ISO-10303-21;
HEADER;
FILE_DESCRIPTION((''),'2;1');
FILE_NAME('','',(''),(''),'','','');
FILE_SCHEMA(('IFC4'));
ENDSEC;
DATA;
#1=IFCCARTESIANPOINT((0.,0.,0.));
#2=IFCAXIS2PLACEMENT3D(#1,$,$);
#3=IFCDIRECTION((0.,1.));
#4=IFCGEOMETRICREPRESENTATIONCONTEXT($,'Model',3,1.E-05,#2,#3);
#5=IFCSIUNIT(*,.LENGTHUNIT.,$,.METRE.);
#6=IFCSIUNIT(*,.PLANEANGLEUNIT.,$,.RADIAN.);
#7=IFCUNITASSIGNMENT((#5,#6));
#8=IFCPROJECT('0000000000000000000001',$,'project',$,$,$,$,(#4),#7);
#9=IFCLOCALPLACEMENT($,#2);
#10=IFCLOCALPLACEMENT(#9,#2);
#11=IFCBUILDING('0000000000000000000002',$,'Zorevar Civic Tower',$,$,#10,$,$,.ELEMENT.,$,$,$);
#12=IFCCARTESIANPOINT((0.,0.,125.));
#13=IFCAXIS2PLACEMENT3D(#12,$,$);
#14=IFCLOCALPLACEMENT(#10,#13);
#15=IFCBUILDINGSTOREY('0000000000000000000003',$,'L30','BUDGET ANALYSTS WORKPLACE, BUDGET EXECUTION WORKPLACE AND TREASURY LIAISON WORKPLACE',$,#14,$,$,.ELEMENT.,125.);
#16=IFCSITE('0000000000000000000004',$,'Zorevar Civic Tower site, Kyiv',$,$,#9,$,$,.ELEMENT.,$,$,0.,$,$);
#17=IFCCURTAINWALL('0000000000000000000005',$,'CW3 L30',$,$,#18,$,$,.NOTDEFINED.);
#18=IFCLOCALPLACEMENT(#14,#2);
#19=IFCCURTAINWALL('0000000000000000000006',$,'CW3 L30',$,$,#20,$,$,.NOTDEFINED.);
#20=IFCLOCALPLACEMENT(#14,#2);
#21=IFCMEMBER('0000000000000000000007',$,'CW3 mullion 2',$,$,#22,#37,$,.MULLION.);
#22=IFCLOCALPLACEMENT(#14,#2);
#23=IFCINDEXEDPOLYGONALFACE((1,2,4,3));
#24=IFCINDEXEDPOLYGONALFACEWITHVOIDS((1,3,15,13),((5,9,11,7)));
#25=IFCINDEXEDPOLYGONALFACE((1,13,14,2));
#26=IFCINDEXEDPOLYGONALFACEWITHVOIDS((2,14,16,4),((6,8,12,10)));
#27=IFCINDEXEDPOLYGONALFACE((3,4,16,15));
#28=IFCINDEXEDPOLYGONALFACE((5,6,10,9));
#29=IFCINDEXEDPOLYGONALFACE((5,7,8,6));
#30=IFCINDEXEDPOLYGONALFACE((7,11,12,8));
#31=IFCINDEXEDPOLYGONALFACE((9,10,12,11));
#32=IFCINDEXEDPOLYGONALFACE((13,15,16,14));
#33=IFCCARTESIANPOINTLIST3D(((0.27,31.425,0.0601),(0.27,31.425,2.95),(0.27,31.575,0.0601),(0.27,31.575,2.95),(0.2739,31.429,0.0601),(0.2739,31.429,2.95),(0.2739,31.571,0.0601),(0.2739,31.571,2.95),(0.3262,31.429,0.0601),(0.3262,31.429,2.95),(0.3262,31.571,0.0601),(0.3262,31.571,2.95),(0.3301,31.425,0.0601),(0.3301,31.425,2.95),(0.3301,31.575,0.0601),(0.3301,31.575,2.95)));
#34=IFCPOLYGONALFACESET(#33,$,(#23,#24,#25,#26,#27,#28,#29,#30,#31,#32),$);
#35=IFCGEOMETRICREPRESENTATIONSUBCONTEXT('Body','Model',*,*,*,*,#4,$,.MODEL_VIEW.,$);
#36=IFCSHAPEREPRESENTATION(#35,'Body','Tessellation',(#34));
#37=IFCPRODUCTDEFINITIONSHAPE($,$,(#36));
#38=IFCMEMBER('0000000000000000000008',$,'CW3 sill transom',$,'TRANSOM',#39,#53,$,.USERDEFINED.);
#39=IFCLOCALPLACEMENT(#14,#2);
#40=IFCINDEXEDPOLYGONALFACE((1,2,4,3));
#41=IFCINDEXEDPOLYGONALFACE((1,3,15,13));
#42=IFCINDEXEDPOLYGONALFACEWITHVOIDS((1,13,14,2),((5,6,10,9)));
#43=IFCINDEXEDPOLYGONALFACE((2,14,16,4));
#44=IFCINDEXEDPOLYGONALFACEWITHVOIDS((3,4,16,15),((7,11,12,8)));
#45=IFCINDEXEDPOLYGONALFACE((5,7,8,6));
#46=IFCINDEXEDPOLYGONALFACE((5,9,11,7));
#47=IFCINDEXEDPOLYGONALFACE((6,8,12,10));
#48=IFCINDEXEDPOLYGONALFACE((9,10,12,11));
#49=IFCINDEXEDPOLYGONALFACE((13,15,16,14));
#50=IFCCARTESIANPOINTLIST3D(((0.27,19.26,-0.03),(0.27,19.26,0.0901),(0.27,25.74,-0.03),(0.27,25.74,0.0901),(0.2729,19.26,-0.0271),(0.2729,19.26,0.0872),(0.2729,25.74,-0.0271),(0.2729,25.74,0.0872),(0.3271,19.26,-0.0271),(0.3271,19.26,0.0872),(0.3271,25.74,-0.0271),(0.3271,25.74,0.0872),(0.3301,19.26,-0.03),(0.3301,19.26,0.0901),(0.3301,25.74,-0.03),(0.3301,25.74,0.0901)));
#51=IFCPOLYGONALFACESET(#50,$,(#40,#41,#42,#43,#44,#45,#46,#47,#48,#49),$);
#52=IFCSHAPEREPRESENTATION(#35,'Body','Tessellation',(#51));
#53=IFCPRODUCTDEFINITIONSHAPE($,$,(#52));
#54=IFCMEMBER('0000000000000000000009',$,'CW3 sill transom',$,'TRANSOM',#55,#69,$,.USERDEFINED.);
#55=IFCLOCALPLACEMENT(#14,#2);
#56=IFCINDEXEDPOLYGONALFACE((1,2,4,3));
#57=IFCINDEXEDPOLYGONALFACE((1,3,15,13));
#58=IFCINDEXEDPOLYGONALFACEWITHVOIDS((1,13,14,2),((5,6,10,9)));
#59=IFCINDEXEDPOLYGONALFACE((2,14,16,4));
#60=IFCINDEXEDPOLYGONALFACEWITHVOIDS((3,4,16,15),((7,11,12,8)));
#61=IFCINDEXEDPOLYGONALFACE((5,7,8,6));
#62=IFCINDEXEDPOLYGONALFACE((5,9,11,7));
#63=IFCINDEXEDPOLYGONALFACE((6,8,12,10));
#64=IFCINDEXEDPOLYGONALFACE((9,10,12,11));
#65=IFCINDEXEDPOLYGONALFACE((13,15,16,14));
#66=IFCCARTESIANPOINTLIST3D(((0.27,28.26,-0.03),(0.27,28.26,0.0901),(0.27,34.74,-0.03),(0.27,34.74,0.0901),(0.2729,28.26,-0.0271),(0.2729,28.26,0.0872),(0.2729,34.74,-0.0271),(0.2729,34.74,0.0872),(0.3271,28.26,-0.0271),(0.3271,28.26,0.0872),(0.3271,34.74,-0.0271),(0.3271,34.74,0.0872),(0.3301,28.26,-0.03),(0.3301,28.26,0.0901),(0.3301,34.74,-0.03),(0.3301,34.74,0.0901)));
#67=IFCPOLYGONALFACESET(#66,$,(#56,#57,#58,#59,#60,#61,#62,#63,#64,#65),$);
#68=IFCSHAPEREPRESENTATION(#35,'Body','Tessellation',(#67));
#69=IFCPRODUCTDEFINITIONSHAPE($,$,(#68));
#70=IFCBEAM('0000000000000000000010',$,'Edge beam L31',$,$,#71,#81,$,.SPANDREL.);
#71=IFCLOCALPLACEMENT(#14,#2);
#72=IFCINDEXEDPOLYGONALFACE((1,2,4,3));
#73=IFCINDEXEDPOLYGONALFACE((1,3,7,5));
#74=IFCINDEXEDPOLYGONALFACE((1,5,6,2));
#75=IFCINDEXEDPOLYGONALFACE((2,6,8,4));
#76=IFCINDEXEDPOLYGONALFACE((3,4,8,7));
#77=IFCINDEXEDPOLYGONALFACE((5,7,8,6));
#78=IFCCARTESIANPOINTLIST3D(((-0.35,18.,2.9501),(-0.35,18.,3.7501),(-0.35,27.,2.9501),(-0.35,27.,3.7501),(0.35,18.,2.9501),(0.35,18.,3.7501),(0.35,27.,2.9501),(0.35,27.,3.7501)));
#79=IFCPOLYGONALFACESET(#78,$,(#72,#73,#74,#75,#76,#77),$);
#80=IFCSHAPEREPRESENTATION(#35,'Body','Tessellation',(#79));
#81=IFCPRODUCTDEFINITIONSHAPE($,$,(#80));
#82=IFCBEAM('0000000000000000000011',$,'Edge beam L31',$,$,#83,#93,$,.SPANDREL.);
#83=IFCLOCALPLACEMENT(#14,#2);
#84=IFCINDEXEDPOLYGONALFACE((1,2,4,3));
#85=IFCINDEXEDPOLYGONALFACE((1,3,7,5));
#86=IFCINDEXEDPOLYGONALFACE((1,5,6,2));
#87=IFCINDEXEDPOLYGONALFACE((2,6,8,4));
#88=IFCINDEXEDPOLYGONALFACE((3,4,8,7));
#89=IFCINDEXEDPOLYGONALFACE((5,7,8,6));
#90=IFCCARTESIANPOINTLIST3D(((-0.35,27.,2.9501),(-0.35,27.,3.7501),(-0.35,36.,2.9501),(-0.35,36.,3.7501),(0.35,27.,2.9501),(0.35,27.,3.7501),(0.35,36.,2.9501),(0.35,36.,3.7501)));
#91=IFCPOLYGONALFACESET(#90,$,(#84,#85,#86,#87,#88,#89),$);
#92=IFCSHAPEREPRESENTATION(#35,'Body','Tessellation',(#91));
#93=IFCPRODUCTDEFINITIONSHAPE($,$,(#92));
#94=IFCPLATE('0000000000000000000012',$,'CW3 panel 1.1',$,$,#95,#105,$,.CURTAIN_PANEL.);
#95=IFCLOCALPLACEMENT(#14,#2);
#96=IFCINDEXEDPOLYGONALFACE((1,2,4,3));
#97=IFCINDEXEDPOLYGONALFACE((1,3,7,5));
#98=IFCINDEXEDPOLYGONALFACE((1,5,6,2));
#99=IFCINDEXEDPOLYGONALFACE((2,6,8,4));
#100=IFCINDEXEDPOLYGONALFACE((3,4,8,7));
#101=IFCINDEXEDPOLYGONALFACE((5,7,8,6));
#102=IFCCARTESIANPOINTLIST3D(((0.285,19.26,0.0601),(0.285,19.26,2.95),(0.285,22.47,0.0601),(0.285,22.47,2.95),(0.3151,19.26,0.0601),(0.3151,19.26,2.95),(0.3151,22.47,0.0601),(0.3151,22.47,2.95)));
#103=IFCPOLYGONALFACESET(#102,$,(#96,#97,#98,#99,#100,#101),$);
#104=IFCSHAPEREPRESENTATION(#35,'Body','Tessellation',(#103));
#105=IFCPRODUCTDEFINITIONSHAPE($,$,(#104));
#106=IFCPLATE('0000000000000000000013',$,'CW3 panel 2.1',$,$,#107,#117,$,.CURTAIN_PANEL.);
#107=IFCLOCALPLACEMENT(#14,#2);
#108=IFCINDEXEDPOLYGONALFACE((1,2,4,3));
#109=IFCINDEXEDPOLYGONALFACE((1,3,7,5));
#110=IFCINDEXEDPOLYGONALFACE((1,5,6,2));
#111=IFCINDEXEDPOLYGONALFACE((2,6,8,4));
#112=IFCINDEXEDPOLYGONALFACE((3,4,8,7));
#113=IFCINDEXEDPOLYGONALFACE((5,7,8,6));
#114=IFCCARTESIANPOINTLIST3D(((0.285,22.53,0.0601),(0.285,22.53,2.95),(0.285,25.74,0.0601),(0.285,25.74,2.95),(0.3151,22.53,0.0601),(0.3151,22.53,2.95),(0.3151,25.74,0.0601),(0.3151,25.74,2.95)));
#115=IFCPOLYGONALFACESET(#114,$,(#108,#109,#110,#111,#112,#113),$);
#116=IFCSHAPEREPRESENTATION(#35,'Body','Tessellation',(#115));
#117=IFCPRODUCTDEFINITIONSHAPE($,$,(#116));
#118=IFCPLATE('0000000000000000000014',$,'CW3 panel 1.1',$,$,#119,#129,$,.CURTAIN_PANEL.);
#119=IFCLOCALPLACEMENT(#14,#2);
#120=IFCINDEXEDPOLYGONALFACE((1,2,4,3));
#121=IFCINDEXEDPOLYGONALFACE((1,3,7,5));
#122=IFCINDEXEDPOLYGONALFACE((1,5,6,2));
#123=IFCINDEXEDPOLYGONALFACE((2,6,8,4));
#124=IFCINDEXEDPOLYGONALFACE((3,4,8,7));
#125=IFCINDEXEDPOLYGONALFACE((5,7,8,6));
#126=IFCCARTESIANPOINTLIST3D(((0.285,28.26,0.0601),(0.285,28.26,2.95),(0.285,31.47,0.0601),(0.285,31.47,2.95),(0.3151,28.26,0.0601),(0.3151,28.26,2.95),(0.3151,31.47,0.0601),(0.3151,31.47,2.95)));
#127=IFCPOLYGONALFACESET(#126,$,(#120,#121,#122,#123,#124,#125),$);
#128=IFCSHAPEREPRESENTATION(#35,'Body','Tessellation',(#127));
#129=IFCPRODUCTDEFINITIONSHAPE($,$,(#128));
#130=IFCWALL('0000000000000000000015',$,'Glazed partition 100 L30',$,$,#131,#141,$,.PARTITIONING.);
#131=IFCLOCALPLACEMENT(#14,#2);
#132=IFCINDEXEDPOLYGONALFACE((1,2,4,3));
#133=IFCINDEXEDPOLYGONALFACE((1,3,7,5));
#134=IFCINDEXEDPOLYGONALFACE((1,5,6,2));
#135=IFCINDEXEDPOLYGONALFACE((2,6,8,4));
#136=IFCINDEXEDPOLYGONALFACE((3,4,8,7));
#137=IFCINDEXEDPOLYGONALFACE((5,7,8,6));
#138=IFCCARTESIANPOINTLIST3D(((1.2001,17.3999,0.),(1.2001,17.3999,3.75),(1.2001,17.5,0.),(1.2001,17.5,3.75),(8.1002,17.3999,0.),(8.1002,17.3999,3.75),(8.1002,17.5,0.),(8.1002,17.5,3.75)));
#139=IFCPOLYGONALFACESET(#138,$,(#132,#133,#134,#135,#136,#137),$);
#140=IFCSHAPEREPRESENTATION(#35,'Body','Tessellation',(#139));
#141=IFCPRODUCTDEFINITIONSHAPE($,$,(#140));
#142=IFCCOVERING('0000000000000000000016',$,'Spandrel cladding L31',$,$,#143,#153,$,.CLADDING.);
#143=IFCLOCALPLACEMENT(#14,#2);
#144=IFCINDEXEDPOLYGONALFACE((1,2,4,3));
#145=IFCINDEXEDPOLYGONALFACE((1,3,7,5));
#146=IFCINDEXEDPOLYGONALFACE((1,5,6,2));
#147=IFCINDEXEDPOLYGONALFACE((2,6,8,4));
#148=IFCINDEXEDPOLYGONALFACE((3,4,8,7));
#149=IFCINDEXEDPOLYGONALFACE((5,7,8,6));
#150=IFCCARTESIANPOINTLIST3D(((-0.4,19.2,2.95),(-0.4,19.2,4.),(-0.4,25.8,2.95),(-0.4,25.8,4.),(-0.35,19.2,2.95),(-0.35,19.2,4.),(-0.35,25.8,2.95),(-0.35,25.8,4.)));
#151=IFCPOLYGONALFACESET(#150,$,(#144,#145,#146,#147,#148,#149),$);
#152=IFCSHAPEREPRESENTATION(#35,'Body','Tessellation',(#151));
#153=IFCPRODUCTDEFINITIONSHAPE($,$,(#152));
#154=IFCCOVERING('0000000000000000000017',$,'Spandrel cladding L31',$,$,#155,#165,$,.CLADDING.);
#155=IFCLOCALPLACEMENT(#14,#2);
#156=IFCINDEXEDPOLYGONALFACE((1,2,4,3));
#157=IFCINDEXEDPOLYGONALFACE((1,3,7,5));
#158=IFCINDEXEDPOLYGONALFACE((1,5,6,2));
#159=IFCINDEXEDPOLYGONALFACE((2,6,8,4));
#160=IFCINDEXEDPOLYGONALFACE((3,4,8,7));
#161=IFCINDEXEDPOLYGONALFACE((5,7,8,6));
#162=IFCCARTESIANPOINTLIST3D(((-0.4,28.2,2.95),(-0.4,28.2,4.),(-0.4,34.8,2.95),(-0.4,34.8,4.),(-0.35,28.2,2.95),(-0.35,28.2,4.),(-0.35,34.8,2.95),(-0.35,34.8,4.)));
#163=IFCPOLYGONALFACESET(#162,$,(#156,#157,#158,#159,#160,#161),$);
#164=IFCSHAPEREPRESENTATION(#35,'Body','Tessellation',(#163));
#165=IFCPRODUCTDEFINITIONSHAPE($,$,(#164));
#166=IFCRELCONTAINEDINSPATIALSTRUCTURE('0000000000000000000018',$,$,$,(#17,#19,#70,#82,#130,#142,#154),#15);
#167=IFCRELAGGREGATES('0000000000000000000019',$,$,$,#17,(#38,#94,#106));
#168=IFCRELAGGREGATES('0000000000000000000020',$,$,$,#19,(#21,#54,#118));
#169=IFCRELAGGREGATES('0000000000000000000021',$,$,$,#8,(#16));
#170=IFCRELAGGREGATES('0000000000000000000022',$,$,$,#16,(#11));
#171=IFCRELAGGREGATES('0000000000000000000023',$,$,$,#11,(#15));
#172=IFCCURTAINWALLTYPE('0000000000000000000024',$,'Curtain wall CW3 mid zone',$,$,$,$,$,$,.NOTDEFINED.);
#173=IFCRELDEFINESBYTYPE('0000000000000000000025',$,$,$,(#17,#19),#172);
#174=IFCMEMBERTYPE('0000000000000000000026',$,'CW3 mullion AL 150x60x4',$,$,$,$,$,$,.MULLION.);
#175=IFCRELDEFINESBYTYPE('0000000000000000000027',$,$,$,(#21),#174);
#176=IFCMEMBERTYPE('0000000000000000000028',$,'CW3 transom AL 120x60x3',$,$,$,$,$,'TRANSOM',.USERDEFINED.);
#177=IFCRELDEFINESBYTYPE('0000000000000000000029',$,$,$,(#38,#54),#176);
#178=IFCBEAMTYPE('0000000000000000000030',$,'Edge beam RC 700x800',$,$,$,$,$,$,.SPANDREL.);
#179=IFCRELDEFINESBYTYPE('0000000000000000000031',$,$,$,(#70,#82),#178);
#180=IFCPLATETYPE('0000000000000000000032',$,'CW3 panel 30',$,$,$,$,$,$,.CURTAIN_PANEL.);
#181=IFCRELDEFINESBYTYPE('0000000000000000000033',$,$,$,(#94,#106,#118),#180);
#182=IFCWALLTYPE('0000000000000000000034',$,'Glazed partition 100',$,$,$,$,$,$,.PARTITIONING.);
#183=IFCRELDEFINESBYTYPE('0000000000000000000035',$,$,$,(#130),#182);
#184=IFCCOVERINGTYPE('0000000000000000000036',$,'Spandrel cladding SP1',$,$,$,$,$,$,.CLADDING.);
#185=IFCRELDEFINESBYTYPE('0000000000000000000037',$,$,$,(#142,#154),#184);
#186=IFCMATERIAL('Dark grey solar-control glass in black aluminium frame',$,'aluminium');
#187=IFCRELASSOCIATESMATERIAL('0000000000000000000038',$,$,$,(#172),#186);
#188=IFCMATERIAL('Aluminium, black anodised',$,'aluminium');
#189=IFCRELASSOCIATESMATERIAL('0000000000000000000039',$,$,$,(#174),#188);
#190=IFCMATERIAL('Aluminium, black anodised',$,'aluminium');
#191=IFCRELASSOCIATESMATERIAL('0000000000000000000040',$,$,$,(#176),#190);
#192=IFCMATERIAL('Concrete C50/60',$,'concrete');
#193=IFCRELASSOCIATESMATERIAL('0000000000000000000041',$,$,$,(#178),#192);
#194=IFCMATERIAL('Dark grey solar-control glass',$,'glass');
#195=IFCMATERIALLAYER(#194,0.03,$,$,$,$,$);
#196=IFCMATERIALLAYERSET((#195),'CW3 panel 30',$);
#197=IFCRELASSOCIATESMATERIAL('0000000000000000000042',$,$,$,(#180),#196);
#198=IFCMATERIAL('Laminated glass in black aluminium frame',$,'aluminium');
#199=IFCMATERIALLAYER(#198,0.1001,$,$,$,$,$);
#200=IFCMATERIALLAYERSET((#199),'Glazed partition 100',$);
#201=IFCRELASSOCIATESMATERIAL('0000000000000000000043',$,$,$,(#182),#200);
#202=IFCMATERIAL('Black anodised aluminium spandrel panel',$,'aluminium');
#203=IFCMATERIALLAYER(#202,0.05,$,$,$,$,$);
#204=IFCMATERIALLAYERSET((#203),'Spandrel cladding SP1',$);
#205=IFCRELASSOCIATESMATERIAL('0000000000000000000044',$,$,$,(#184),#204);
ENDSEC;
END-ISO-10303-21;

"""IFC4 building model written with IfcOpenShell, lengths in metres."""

from ifc_helpers import new_model, si_unit, direction, frame, frame_2d, origin, origin_2d, place, context, subcontext, project, spatial, rectangle, hollow_rectangle, extrude, material, layer, layer_set, material_profile, profile_set, type_object, element, aggregate, save


model = new_model("IFC4")

# Units and contexts
model_context = context("Model", 3, precision=1e-05, world=origin(), true_north=direction((0.0, 1.0)))
body_context = subcontext(model_context, "Body", "Model", "MODEL_VIEW")
ifc_project = project(units=[si_unit("LENGTHUNIT", "METRE"), si_unit("PLANEANGLEUNIT", "RADIAN")], contexts=[model_context])

# Site, building, storey
site_placement = place(None, origin())
site = spatial("IfcSite", under=ifc_project, at=site_placement, Name="Zorevar Civic Tower site, Kyiv", CompositionType="ELEMENT", RefElevation=0.0)
building_placement = place(site_placement, origin())
building = spatial("IfcBuilding", under=site, at=building_placement, Name="Zorevar Civic Tower", CompositionType="ELEMENT")
storey_placement = place(building_placement, frame((0.0, 0.0, 125.0)))
storey = spatial("IfcBuildingStorey", under=building, at=storey_placement, Name="L30", Description="BUDGET ANALYSTS WORKPLACE, BUDGET EXECUTION WORKPLACE AND TREASURY LIAISON WORKPLACE", CompositionType="ELEMENT", Elevation=125.0)

# Curtain walls, member
ifc_material_1 = material(Name="Dark grey solar-control glass in black aluminium frame", Category="aluminium")
curtain_wall_type = type_object("IfcCurtainWallType", Name="Curtain wall CW3 mid zone", PredefinedType="NOTDEFINED", material=ifc_material_1)
curtain_wall_1_placement = place(storey_placement, origin())
curtain_wall_1 = element("IfcCurtainWall", 1, at=curtain_wall_1_placement, inside=storey, type_object=curtain_wall_type, Name="CW3 L30", PredefinedType="NOTDEFINED")
ifc_material_2 = material(Name="Aluminium, black anodised", Category="aluminium")
ifc_material_profile_1 = material_profile(ifc_material_2, hollow_rectangle(XDim=0.0601, YDim=0.1499, WallThickness=0.0039, at=origin_2d()), Name="AL 150x60x4")
ifc_profile_set_1 = profile_set([ifc_material_profile_1], Name="Aluminium, black anodised")
member_type_1 = type_object("IfcMemberType", Name="CW3 mullion AL 150x60x4", PredefinedType="MULLION", material=ifc_profile_set_1)
curtain_wall_2_placement = place(storey_placement, origin())
curtain_wall_2 = element("IfcCurtainWall", 2, at=curtain_wall_2_placement, inside=storey, type_object=curtain_wall_type, Name="CW3 L30", PredefinedType="NOTDEFINED")
member_1_placement = place(storey_placement, frame((0.3, 31.5, 0.0601), z_axis=(0.0, 0.0, 1.0), x_axis=(-1.0, 0.0, 0.0)))
member_1 = element("IfcMember", 3, at=member_1_placement, type_object=member_type_1, Name="CW3 mullion 2", PredefinedType="MULLION", context=body_context, shape_type="SweptSolid", body=[
    extrude(hollow_rectangle(XDim=0.0601, YDim=0.1499, WallThickness=0.0039, at=origin_2d()), origin(), (0.0, 0.0, 1.0), 2.8899),
])

# Members
ifc_material_3 = material(Name="Aluminium, black anodised", Category="aluminium")
ifc_material_profile_2 = material_profile(ifc_material_3, hollow_rectangle(XDim=0.0601, YDim=0.1201, WallThickness=0.0029, at=origin_2d()), Name="AL 120x60x3")
ifc_profile_set_2 = profile_set([ifc_material_profile_2], Name="Aluminium, black anodised")
member_type_2 = type_object("IfcMemberType", Name="CW3 transom AL 120x60x3", ElementType="TRANSOM", PredefinedType="USERDEFINED", material=ifc_profile_set_2)
member_2_placement = place(storey_placement, frame((0.3, 19.26, 0.03), z_axis=(0.0, 1.0, 0.0), x_axis=(-1.0, 0.0, 0.0)))
member_2 = element("IfcMember", 4, at=member_2_placement, type_object=member_type_2, Name="CW3 sill transom", ObjectType="TRANSOM", PredefinedType="USERDEFINED", context=body_context, shape_type="SweptSolid", body=[
    extrude(hollow_rectangle(XDim=0.0601, YDim=0.1201, WallThickness=0.0029, at=origin_2d()), origin(), (0.0, 0.0, 1.0), 6.48),
])
member_3_placement = place(storey_placement, frame((0.3, 28.26, 0.03), z_axis=(0.0, 1.0, 0.0), x_axis=(-1.0, 0.0, 0.0)))
member_3 = element("IfcMember", 5, at=member_3_placement, type_object=member_type_2, Name="CW3 sill transom", ObjectType="TRANSOM", PredefinedType="USERDEFINED", context=body_context, shape_type="SweptSolid", body=[
    extrude(hollow_rectangle(XDim=0.0601, YDim=0.1201, WallThickness=0.0029, at=origin_2d()), origin(), (0.0, 0.0, 1.0), 6.48),
])

# Beams
ifc_material_4 = material(Name="Concrete C50/60", Category="concrete")
ifc_material_profile_3 = material_profile(ifc_material_4, rectangle(XDim=0.7, YDim=0.8, at=origin_2d()), Name="RC 700x800")
ifc_profile_set_3 = profile_set([ifc_material_profile_3], Name="Concrete C50/60")
beam_type_1 = type_object("IfcBeamType", Name="Edge beam RC 700x800", PredefinedType="SPANDREL", material=ifc_profile_set_3)
for number, where, z_axis, x_axis, name in (
    (6, (0.0, 18.0, 3.3501), (0.0, 1.0, 0.0), (-1.0, 0.0, 0.0), "Edge beam L31"),
    (7, (0.0, 27.0, 3.3501), (0.0, 1.0, 0.0), (-1.0, 0.0, 0.0), "Edge beam L31"),
):
    element("IfcBeam", number, at=place(storey_placement, frame(where, z_axis=z_axis, x_axis=x_axis)), inside=storey, type_object=beam_type_1, Name=name, PredefinedType="SPANDREL", context=body_context, shape_type="SweptSolid", body=[
        extrude(rectangle(XDim=0.7, YDim=0.8, at=origin_2d()), origin(), (0.0, 0.0, 1.0), 9.0),
    ])

# Plates
ifc_material_5 = material(Name="Dark grey solar-control glass", Category="glass")
ifc_layer_1 = layer(ifc_material_5, 0.03)
ifc_layer_set_1 = layer_set([ifc_layer_1], Name="CW3 panel 30")
plate_type = type_object("IfcPlateType", Name="CW3 panel 30", PredefinedType="CURTAIN_PANEL", material=ifc_layer_set_1)
plate_1_placement = place(storey_placement, frame((0.3, 20.865, 0.0601), z_axis=(0.0, 0.0, 1.0), x_axis=(0.0, 1.0, 0.0)))
plate_1 = element("IfcPlate", 8, at=plate_1_placement, type_object=plate_type, Name="CW3 panel 1.1", PredefinedType="CURTAIN_PANEL", context=body_context, shape_type="SweptSolid", body=[
    extrude(rectangle(XDim=3.21, YDim=0.03, at=origin_2d()), origin(), (0.0, 0.0, 1.0), 2.8899),
])
plate_2_placement = place(storey_placement, frame((0.3, 24.135, 0.0601), z_axis=(0.0, 0.0, 1.0), x_axis=(0.0, 1.0, 0.0)))
plate_2 = element("IfcPlate", 9, at=plate_2_placement, type_object=plate_type, Name="CW3 panel 2.1", PredefinedType="CURTAIN_PANEL", context=body_context, shape_type="SweptSolid", body=[
    extrude(rectangle(XDim=3.21, YDim=0.03, at=origin_2d()), origin(), (0.0, 0.0, 1.0), 2.8899),
])
aggregate(curtain_wall_1, [member_2, plate_1, plate_2])
plate_3_placement = place(storey_placement, frame((0.3, 29.865, 0.0601), z_axis=(0.0, 0.0, 1.0), x_axis=(0.0, 1.0, 0.0)))
plate_3 = element("IfcPlate", 10, at=plate_3_placement, type_object=plate_type, Name="CW3 panel 1.1", PredefinedType="CURTAIN_PANEL", context=body_context, shape_type="SweptSolid", body=[
    extrude(rectangle(XDim=3.21, YDim=0.03, at=origin_2d()), origin(), (0.0, 0.0, 1.0), 2.8899),
])
aggregate(curtain_wall_2, [member_1, member_3, plate_3])

# Wall
ifc_material_6 = material(Name="Laminated glass in black aluminium frame", Category="aluminium")
ifc_layer_2 = layer(ifc_material_6, 0.1001)
ifc_layer_set_2 = layer_set([ifc_layer_2], Name="Glazed partition 100")
wall_type = type_object("IfcWallType", Name="Glazed partition 100", PredefinedType="PARTITIONING", material=ifc_layer_set_2)
wall_placement = place(storey_placement, frame((1.2, 17.45, 0.0), z_axis=(0.0, 0.0, 1.0), x_axis=(1.0, 0.0, 0.0)))
element("IfcWall", 11, at=wall_placement, inside=storey, type_object=wall_type, Name="Glazed partition 100 L30", PredefinedType="PARTITIONING", context=body_context, shape_type="SweptSolid", body=[
    extrude(rectangle(XDim=6.9001, YDim=0.1001, at=frame_2d((3.4502, 0.0))), origin(), (0.0, 0.0, 1.0), 3.75),
])

# Coverings
ifc_material_7 = material(Name="Black anodised aluminium spandrel panel", Category="aluminium")
ifc_layer_3 = layer(ifc_material_7, 0.05)
ifc_layer_set_3 = layer_set([ifc_layer_3], Name="Spandrel cladding SP1")
covering_type = type_object("IfcCoveringType", Name="Spandrel cladding SP1", PredefinedType="CLADDING", material=ifc_layer_set_3)
for number, where, z_axis, x_axis, name in (
    (12, (-0.375, 19.2, 2.95), (0.0, 0.0, 1.0), (0.0, 1.0, 0.0), "Spandrel cladding L31"),
    (13, (-0.375, 28.2, 2.95), (0.0, 0.0, 1.0), (0.0, 1.0, 0.0), "Spandrel cladding L31"),
):
    element("IfcCovering", number, at=place(storey_placement, frame(where, z_axis=z_axis, x_axis=x_axis)), inside=storey, type_object=covering_type, Name=name, PredefinedType="CLADDING", context=body_context, shape_type="SweptSolid", body=[
        extrude(rectangle(XDim=6.6001, YDim=0.05, at=frame_2d((3.3, 0.0))), origin(), (0.0, 0.0, 1.0), 1.05),
    ])

save(model, "model.ifc")
